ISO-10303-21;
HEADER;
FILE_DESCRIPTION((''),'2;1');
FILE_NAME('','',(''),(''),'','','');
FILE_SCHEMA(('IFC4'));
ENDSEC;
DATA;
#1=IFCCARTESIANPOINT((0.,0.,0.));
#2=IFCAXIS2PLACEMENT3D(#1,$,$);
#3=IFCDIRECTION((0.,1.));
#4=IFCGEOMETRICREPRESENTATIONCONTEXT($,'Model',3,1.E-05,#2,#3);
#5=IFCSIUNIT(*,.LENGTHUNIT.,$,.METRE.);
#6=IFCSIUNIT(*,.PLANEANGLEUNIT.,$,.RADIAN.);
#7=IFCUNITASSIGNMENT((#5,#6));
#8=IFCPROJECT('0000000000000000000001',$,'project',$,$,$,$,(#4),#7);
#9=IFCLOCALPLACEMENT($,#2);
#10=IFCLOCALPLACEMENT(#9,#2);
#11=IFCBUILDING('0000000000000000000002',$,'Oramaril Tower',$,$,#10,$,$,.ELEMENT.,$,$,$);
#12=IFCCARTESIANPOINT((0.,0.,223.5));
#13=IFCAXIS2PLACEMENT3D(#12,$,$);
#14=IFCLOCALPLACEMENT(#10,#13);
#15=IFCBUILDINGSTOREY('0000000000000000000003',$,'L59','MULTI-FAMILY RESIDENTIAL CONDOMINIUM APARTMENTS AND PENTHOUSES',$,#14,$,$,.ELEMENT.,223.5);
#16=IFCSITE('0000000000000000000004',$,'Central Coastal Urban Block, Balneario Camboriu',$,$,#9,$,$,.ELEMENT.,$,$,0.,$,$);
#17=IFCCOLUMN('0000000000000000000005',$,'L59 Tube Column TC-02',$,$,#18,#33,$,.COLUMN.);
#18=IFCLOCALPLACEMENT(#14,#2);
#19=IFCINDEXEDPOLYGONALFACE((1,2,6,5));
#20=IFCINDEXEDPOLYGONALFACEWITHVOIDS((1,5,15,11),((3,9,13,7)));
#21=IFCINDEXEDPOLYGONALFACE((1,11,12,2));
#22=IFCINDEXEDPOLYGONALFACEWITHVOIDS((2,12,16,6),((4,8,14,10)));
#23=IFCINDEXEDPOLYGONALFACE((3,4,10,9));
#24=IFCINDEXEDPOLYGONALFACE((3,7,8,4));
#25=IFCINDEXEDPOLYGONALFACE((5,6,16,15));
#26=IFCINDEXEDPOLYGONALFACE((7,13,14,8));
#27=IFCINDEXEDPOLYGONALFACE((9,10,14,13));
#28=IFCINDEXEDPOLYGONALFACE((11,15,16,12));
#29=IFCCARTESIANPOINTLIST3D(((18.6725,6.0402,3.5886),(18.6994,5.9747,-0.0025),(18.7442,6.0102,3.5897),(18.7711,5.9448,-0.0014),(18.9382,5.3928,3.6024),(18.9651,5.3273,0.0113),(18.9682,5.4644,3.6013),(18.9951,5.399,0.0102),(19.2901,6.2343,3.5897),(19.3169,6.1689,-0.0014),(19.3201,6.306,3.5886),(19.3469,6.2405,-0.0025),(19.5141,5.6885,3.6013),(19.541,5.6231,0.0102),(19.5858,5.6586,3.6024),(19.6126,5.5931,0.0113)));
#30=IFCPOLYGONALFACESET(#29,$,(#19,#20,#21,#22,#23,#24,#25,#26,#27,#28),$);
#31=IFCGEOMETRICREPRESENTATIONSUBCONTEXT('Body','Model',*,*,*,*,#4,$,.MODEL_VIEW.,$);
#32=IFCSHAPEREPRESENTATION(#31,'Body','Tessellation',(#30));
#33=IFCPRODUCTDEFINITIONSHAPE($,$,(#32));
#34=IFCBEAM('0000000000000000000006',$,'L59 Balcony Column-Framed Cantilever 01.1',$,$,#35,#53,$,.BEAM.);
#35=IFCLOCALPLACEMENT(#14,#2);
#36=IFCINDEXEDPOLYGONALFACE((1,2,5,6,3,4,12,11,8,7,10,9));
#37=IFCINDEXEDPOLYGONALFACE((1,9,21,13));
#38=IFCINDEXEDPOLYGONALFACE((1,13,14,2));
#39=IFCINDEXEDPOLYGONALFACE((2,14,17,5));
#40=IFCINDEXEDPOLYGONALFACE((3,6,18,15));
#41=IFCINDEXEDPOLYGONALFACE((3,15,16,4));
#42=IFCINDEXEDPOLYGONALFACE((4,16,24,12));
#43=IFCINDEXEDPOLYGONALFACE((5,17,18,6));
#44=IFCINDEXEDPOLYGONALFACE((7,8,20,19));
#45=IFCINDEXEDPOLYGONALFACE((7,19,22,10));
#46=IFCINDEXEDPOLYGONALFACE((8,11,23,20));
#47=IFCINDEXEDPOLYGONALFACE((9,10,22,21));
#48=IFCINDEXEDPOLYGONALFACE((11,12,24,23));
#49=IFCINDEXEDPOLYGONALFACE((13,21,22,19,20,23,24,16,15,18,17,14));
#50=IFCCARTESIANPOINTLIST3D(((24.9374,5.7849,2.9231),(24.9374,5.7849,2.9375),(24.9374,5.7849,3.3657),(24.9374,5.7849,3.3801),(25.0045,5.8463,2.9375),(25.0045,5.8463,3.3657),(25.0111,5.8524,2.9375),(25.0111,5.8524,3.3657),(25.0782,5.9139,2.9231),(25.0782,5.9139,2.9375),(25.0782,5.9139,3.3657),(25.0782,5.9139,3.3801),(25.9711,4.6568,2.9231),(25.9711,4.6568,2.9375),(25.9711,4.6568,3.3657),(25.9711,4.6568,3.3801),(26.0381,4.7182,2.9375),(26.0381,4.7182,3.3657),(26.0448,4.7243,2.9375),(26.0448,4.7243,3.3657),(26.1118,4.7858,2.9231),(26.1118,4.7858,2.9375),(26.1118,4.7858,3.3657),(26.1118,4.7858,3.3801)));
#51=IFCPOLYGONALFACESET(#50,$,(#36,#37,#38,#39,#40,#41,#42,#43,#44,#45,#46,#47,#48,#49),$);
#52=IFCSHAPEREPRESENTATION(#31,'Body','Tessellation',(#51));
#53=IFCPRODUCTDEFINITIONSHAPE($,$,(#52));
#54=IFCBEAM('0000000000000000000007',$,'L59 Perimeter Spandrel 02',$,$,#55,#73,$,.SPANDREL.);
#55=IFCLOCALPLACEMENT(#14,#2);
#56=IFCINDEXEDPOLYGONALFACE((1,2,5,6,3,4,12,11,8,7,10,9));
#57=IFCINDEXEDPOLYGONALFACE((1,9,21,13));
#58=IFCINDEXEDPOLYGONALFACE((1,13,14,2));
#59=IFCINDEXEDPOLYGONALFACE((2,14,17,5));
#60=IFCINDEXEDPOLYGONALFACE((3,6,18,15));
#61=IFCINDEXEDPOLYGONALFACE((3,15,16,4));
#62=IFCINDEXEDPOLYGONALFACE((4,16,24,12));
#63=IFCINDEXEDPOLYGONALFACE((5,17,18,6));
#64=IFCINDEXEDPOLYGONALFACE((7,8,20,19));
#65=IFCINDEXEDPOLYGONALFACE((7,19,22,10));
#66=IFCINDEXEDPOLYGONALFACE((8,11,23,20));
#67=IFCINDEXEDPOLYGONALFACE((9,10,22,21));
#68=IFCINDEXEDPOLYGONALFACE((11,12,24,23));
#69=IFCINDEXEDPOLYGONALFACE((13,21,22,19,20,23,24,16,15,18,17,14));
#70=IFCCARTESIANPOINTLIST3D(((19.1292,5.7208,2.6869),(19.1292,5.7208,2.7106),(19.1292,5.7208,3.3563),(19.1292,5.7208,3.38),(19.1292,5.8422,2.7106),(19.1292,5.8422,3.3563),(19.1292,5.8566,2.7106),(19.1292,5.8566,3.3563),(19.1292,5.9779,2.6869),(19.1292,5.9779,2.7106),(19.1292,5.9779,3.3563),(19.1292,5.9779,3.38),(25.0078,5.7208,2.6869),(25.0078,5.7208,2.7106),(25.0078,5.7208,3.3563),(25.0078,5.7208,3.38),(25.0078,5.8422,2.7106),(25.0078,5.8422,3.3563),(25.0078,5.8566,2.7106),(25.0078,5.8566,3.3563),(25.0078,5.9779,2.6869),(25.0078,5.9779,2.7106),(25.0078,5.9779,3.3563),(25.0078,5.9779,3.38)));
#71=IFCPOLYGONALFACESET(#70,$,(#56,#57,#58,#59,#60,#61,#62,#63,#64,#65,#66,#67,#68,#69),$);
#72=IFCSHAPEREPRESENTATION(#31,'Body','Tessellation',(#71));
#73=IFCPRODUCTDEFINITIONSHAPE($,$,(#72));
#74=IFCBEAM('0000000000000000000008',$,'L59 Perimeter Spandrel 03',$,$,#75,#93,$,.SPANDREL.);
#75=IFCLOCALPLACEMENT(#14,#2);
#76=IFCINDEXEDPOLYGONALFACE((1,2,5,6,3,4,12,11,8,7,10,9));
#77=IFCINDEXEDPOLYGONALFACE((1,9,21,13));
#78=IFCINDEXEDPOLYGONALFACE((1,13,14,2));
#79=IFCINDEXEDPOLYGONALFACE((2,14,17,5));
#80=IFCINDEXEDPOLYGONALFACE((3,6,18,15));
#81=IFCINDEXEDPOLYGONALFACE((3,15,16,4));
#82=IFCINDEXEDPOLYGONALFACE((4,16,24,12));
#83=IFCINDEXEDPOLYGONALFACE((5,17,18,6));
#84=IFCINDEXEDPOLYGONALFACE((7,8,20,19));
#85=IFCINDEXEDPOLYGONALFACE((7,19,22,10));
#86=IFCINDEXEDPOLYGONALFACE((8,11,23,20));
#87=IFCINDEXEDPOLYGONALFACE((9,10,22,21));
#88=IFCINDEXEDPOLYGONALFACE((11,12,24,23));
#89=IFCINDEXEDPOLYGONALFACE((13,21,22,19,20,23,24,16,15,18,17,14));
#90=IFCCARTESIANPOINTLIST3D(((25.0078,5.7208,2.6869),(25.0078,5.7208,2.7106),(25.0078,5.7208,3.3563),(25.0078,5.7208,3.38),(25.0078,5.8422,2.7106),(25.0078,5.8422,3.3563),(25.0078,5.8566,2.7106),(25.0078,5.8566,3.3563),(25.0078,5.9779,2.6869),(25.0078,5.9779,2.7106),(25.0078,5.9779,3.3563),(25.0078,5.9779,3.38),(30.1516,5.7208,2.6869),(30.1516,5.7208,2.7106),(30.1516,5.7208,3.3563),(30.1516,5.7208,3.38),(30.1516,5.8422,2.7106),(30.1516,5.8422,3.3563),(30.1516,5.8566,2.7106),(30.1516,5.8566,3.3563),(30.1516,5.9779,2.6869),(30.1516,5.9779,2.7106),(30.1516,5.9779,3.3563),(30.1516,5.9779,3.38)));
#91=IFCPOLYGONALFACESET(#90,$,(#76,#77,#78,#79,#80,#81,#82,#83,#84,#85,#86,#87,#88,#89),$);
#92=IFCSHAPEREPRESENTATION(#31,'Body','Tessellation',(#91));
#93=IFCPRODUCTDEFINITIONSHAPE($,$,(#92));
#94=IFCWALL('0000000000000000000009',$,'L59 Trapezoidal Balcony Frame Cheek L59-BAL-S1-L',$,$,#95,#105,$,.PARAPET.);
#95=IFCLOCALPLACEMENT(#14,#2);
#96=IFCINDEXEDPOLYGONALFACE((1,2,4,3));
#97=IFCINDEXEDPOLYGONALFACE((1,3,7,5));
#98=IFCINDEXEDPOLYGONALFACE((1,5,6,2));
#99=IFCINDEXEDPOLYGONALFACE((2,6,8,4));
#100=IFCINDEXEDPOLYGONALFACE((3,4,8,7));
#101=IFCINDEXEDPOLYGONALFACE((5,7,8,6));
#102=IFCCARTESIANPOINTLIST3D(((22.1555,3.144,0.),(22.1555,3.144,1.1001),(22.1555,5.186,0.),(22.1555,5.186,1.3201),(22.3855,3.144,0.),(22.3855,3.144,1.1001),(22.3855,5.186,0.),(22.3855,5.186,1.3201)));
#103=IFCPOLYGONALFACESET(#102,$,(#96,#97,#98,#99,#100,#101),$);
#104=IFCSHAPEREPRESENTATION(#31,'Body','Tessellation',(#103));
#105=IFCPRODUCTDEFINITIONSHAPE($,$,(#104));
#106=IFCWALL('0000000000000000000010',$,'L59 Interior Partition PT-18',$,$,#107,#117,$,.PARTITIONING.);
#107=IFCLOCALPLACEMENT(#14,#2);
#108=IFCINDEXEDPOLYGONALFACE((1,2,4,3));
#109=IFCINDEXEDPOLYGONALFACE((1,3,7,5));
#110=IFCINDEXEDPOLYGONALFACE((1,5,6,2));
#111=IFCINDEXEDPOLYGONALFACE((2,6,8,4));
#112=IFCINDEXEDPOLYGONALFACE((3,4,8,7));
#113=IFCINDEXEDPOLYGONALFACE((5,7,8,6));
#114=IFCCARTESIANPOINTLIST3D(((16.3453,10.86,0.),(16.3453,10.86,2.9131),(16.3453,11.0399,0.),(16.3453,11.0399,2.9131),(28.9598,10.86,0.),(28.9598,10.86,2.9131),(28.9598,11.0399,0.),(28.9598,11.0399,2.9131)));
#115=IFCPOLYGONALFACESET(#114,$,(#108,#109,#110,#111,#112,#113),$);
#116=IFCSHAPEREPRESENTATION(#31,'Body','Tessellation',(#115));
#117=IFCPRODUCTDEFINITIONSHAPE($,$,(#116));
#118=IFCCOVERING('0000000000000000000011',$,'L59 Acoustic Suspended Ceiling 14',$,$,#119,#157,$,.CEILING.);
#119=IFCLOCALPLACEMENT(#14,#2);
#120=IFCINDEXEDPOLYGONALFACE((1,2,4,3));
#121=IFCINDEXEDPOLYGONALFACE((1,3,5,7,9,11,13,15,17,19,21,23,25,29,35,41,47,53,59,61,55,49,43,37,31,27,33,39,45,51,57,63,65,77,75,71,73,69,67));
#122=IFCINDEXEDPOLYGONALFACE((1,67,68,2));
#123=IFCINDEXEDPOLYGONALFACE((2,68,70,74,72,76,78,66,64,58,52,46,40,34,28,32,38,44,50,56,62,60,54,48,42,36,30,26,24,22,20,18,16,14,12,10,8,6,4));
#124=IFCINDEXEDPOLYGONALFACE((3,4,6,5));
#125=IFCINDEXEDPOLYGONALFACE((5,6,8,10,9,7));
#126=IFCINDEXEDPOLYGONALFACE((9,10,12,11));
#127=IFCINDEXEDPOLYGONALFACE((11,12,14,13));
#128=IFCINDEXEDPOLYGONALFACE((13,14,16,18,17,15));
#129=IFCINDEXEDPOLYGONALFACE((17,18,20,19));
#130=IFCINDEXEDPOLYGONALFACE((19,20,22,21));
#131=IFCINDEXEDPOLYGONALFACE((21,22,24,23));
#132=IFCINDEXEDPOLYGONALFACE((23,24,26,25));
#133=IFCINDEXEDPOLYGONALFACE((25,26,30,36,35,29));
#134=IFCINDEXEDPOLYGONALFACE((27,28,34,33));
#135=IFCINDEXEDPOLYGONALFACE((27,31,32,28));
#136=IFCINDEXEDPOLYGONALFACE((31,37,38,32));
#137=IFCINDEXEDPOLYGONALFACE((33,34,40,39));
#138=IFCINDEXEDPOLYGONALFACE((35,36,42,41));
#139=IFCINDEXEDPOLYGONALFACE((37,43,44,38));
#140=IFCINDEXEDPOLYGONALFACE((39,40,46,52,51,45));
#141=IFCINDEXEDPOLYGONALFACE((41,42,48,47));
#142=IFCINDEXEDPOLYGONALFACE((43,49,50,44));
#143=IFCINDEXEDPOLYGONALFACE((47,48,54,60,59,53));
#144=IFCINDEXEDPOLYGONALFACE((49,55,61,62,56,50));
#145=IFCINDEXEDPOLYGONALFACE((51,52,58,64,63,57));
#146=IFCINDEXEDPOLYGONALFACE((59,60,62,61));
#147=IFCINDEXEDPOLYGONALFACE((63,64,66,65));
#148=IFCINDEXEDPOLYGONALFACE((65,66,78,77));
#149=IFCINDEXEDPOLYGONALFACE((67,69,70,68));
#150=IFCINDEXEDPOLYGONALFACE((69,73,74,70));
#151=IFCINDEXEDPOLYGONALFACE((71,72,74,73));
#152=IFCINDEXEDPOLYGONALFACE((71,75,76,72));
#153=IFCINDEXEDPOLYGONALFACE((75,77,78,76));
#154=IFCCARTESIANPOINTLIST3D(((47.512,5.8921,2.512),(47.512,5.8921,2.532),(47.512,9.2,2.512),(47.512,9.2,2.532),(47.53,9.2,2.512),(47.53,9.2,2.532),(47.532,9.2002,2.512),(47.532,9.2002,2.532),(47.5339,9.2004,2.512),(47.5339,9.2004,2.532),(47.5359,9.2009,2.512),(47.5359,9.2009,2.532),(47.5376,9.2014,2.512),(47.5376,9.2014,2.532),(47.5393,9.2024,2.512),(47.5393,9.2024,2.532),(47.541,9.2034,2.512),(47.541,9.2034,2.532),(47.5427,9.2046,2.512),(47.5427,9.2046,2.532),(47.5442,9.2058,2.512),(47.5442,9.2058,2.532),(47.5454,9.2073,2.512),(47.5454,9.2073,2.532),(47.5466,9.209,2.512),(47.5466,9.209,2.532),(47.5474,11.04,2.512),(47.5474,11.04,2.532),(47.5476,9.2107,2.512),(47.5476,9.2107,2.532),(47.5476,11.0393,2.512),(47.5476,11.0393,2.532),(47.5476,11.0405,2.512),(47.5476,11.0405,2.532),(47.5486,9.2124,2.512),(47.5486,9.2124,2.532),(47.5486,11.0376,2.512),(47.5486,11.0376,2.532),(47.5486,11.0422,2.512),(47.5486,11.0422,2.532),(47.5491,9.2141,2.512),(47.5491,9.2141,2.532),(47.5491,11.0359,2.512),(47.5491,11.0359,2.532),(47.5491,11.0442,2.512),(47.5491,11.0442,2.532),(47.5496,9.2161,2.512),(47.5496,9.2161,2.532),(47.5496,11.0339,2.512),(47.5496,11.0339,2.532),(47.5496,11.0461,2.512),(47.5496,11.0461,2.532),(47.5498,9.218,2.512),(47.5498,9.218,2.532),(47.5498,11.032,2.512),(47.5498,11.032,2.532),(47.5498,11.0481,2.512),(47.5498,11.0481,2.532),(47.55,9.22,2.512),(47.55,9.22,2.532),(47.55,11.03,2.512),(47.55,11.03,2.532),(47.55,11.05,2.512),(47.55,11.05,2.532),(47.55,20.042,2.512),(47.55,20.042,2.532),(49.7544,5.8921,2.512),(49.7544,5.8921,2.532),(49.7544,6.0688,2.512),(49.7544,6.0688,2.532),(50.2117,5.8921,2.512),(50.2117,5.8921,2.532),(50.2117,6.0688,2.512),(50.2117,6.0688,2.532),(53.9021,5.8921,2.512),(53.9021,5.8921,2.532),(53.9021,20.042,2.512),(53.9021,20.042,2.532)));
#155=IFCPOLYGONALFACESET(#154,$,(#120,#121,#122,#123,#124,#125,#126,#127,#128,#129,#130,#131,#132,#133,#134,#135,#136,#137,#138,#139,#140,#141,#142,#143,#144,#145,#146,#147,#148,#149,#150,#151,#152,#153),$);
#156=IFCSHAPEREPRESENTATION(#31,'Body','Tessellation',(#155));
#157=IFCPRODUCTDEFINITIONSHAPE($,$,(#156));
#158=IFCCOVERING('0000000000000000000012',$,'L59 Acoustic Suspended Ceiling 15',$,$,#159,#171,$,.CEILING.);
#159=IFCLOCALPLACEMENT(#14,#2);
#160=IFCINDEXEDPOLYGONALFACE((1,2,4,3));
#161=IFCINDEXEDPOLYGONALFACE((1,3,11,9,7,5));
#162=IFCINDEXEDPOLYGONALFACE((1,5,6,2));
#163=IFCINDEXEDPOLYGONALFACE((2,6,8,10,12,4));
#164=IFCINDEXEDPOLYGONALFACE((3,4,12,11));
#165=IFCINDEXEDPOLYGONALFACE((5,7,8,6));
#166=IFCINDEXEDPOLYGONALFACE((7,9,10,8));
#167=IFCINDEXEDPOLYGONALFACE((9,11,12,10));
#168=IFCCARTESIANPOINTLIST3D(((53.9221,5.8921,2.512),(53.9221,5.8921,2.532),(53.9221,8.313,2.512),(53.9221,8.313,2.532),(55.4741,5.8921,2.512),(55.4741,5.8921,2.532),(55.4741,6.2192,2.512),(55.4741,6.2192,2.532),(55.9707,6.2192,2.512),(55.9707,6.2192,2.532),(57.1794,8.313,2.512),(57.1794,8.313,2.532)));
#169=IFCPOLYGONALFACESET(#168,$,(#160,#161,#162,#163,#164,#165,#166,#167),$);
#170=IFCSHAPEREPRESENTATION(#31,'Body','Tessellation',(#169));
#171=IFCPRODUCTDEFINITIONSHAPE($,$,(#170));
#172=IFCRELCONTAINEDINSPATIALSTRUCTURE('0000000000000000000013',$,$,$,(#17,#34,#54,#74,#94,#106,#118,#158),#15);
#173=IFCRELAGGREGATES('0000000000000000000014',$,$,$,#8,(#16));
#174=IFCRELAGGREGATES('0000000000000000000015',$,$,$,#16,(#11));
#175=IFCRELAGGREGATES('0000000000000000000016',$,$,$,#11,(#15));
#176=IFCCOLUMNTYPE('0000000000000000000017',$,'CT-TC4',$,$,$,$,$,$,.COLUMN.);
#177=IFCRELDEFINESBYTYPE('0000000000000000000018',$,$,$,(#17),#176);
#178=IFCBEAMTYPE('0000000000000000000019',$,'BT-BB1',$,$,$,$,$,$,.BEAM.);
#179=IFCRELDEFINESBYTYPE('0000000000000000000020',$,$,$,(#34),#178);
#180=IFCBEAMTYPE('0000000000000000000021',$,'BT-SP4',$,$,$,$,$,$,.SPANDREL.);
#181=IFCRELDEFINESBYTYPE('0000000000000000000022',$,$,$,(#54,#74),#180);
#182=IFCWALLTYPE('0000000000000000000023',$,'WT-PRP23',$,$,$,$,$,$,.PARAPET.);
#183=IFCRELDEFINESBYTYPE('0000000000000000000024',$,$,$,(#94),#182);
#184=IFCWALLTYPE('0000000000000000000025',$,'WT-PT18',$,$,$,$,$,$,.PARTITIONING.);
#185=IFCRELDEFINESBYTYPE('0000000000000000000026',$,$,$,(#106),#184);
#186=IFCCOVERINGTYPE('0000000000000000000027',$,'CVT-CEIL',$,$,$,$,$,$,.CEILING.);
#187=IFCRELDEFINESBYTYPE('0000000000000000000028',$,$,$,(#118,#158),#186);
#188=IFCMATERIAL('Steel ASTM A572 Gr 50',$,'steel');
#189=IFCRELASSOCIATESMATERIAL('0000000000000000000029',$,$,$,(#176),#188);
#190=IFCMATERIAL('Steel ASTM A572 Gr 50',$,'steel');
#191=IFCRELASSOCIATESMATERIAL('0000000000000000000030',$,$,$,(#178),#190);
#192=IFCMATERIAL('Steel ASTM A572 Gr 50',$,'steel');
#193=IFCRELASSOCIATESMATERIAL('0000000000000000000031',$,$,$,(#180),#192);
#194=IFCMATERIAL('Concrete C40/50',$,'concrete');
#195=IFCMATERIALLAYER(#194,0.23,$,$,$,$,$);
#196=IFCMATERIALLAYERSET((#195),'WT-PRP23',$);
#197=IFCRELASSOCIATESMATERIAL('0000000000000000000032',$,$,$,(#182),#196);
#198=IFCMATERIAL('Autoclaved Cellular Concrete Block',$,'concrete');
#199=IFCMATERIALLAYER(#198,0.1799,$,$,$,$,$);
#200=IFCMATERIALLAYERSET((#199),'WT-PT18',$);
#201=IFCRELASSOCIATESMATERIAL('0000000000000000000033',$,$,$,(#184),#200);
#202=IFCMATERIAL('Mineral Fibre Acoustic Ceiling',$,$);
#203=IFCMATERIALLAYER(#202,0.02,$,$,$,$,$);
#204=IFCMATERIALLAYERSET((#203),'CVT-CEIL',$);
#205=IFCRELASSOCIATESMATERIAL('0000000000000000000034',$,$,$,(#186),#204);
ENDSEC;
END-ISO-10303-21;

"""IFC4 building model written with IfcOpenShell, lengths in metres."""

from ifc_helpers import new_model, si_unit, direction, frame, frame_2d, origin, origin_2d, place, context, subcontext, project, spatial, polyline, rectangle, hollow_rectangle, i_section, outline, extrude, material, layer, layer_set, material_profile, profile_set, type_object, element, save


model = new_model("IFC4")

# Units and contexts
model_context = context("Model", 3, precision=1e-05, world=origin(), true_north=direction((0.0, 1.0)))
body_context = subcontext(model_context, "Body", "Model", "MODEL_VIEW")
ifc_project = project(units=[si_unit("LENGTHUNIT", "METRE"), si_unit("PLANEANGLEUNIT", "RADIAN")], contexts=[model_context])

# Site, building, storey
site_placement = place(None, origin())
site = spatial("IfcSite", under=ifc_project, at=site_placement, Name="Central Coastal Urban Block, Balneario Camboriu", CompositionType="ELEMENT", RefElevation=0.0)
building_placement = place(site_placement, origin())
building = spatial("IfcBuilding", under=site, at=building_placement, Name="Oramaril Tower", CompositionType="ELEMENT")
storey_placement = place(building_placement, frame((0.0, 0.0, 223.5)))
storey = spatial("IfcBuildingStorey", under=building, at=storey_placement, Name="L59", Description="MULTI-FAMILY RESIDENTIAL CONDOMINIUM APARTMENTS AND PENTHOUSES", CompositionType="ELEMENT", Elevation=223.5)

# Column
ifc_material_1 = material(Name="Steel ASTM A572 Gr 50", Category="steel")
ifc_material_profile_1 = material_profile(ifc_material_1, hollow_rectangle(XDim=0.7, YDim=0.7, WallThickness=0.0549, at=origin_2d()), Name="BOX700X700X55")
ifc_profile_set_1 = profile_set([ifc_material_profile_1], Name="Steel ASTM A572 Gr 50")
column_type = type_object("IfcColumnType", Name="CT-TC4", PredefinedType="COLUMN", material=ifc_profile_set_1)
column_placement = place(storey_placement, frame((19.156, 5.7839, 0.0044), z_axis=(-0.007477, 0.018217, 0.999806), x_axis=(-0.925106, -0.379708, 0.0)))
element("IfcColumn", 1, at=column_placement, inside=storey, type_object=column_type, Name="L59 Tube Column TC-02", PredefinedType="COLUMN", context=body_context, shape_type="SweptSolid", body=[
    extrude(hollow_rectangle(XDim=0.7, YDim=0.7, WallThickness=0.0549, at=origin_2d()), origin(), (0.0, 0.0, 1.0), 3.5918),
])

# Beams
ifc_material_2 = material(Name="Steel ASTM A572 Gr 50", Category="steel")
ifc_material_profile_2 = material_profile(ifc_material_2, i_section(OverallWidth=0.1909, OverallDepth=0.457, WebThickness=0.009, FlangeThickness=0.0144, at=origin_2d()), Name="W18X50")
ifc_profile_set_2 = profile_set([ifc_material_profile_2], Name="Steel ASTM A572 Gr 50")
beam_type_1 = type_object("IfcBeamType", Name="BT-BB1", PredefinedType="BEAM", material=ifc_profile_set_2)
beam_1_placement = place(storey_placement, frame((25.0078, 5.8494, 3.1516), z_axis=(0.675558, -0.737306, 0.0), x_axis=(0.737306, 0.675558, 0.0)))
element("IfcBeam", 2, at=beam_1_placement, inside=storey, type_object=beam_type_1, Name="L59 Balcony Column-Framed Cantilever 01.1", PredefinedType="BEAM", context=body_context, shape_type="SweptSolid", body=[
    extrude(i_section(OverallWidth=0.1909, OverallDepth=0.457, WebThickness=0.009, FlangeThickness=0.0144, at=origin_2d()), origin(), (0.0, 0.0, 1.0), 1.53),
])
ifc_material_3 = material(Name="Steel ASTM A572 Gr 50", Category="steel")
ifc_material_profile_3 = material_profile(ifc_material_3, i_section(OverallWidth=0.2571, OverallDepth=0.6931, WebThickness=0.0144, FlangeThickness=0.0237, at=origin_2d()), Name="W27X114")
ifc_profile_set_3 = profile_set([ifc_material_profile_3], Name="Steel ASTM A572 Gr 50")
beam_type_2 = type_object("IfcBeamType", Name="BT-SP4", PredefinedType="SPANDREL", material=ifc_profile_set_3)
beam_2_placement = place(storey_placement, frame((19.1292, 5.8494, 3.0334), z_axis=(1.0, 0.0, 0.0), x_axis=(0.0, 1.0, 0.0)))
element("IfcBeam", 3, at=beam_2_placement, inside=storey, type_object=beam_type_2, Name="L59 Perimeter Spandrel 02", PredefinedType="SPANDREL", context=body_context, shape_type="SweptSolid", body=[
    extrude(i_section(OverallWidth=0.2571, OverallDepth=0.6931, WebThickness=0.0144, FlangeThickness=0.0237, at=origin_2d()), origin(), (0.0, 0.0, 1.0), 5.8787),
])
beam_3_placement = place(storey_placement, frame((25.0078, 5.8494, 3.0334), z_axis=(1.0, 0.0, 0.0), x_axis=(0.0, 1.0, 0.0)))
element("IfcBeam", 4, at=beam_3_placement, inside=storey, type_object=beam_type_2, Name="L59 Perimeter Spandrel 03", PredefinedType="SPANDREL", context=body_context, shape_type="SweptSolid", body=[
    extrude(i_section(OverallWidth=0.2571, OverallDepth=0.6931, WebThickness=0.0144, FlangeThickness=0.0237, at=origin_2d()), origin(), (0.0, 0.0, 1.0), 5.1438),
])

# Walls
ifc_material_4 = material(Name="Concrete C40/50", Category="concrete")
ifc_layer_1 = layer(ifc_material_4, 0.23)
ifc_layer_set_1 = layer_set([ifc_layer_1], Name="WT-PRP23")
wall_type_1 = type_object("IfcWallType", Name="WT-PRP23", PredefinedType="PARAPET", material=ifc_layer_set_1)
wall_1_placement = place(storey_placement, frame((22.2705, 5.186, 0.0), z_axis=(0.0, 0.0, 1.0), x_axis=(0.0, -1.0, 0.0)))
element("IfcWall", 5, at=wall_1_placement, inside=storey, type_object=wall_type_1, Name="L59 Trapezoidal Balcony Frame Cheek L59-BAL-S1-L", PredefinedType="PARAPET", context=body_context, shape_type="SweptSolid", body=[
    extrude(outline(polyline([(0.0, 0.0), (2.042, 0.0), (2.042, 1.1001), (0.0, 1.3201), (0.0, 0.0)])), frame((0.0, 0.115, 0.0), z_axis=(0.0, -1.0, 0.0), x_axis=(1.0, 0.0, 0.0)), (0.0, 0.0, 1.0), 0.23),
])
ifc_material_5 = material(Name="Autoclaved Cellular Concrete Block", Category="concrete")
ifc_layer_2 = layer(ifc_material_5, 0.1799)
ifc_layer_set_2 = layer_set([ifc_layer_2], Name="WT-PT18")
wall_type_2 = type_object("IfcWallType", Name="WT-PT18", PredefinedType="PARTITIONING", material=ifc_layer_set_2)
wall_2_placement = place(storey_placement, frame((16.3455, 10.95, 0.0), z_axis=(0.0, 0.0, 1.0), x_axis=(1.0, 0.0, 0.0)))
element("IfcWall", 6, at=wall_2_placement, inside=storey, type_object=wall_type_2, Name="L59 Interior Partition PT-18", PredefinedType="PARTITIONING", context=body_context, shape_type="SweptSolid", body=[
    extrude(rectangle(XDim=12.6145, YDim=0.1799, at=frame_2d((6.3071, 0.0))), origin(), (0.0, 0.0, 1.0), 2.9131),
])

# Coverings
ifc_material_6 = material(Name="Mineral Fibre Acoustic Ceiling")
ifc_layer_3 = layer(ifc_material_6, 0.02)
ifc_layer_set_3 = layer_set([ifc_layer_3], Name="CVT-CEIL")
covering_type_1 = type_object("IfcCoveringType", Name="CVT-CEIL", PredefinedType="CEILING", material=ifc_layer_set_3)
covering_1_placement = place(storey_placement, frame((0.0, 0.0, 2.512)))
element("IfcCovering", 7, at=covering_1_placement, inside=storey, type_object=covering_type_1, Name="L59 Acoustic Suspended Ceiling 14", PredefinedType="CEILING", context=body_context, shape_type="SweptSolid", body=[
    extrude(outline(polyline([(53.9021, 20.042), (53.9021, 5.8921), (50.2117, 5.8921), (50.2117, 6.0688), (49.7544, 6.0688), (49.7544, 5.8921), (47.512, 5.8921), (47.512, 9.2), (47.53, 9.2), (47.532, 9.2002), (47.5339, 9.2004), (47.5359, 9.2009), (47.5376, 9.2014), (47.5393, 9.2024), (47.541, 9.2034), (47.5427, 9.2046), (47.5442, 9.2058), (47.5454, 9.2073), (47.5466, 9.209), (47.5476, 9.2107), (47.5486, 9.2124), (47.5491, 9.2141), (47.5496, 9.2161), (47.5498, 9.218), (47.55, 9.22), (47.55, 11.03), (47.5498, 11.032), (47.5496, 11.0339), (47.5491, 11.0359), (47.5486, 11.0376), (47.5476, 11.0393), (47.5474, 11.04), (47.5476, 11.0405), (47.5486, 11.0422), (47.5491, 11.0442), (47.5496, 11.0461), (47.5498, 11.0481), (47.55, 11.05), (47.55, 20.042), (53.9021, 20.042)])), origin(), (0.0, 0.0, 1.0), 0.02),
])
covering_2_placement = place(storey_placement, frame((0.0, 0.0, 2.512)))
element("IfcCovering", 8, at=covering_2_placement, inside=storey, type_object=covering_type_1, Name="L59 Acoustic Suspended Ceiling 15", PredefinedType="CEILING", context=body_context, shape_type="SweptSolid", body=[
    extrude(outline(polyline([(55.9707, 6.2192), (55.4741, 6.2192), (55.4741, 5.8921), (53.9221, 5.8921), (53.9221, 8.313), (57.1794, 8.313), (55.9707, 6.2192)])), origin(), (0.0, 0.0, 1.0), 0.02),
])

save(model, "model.ifc")
